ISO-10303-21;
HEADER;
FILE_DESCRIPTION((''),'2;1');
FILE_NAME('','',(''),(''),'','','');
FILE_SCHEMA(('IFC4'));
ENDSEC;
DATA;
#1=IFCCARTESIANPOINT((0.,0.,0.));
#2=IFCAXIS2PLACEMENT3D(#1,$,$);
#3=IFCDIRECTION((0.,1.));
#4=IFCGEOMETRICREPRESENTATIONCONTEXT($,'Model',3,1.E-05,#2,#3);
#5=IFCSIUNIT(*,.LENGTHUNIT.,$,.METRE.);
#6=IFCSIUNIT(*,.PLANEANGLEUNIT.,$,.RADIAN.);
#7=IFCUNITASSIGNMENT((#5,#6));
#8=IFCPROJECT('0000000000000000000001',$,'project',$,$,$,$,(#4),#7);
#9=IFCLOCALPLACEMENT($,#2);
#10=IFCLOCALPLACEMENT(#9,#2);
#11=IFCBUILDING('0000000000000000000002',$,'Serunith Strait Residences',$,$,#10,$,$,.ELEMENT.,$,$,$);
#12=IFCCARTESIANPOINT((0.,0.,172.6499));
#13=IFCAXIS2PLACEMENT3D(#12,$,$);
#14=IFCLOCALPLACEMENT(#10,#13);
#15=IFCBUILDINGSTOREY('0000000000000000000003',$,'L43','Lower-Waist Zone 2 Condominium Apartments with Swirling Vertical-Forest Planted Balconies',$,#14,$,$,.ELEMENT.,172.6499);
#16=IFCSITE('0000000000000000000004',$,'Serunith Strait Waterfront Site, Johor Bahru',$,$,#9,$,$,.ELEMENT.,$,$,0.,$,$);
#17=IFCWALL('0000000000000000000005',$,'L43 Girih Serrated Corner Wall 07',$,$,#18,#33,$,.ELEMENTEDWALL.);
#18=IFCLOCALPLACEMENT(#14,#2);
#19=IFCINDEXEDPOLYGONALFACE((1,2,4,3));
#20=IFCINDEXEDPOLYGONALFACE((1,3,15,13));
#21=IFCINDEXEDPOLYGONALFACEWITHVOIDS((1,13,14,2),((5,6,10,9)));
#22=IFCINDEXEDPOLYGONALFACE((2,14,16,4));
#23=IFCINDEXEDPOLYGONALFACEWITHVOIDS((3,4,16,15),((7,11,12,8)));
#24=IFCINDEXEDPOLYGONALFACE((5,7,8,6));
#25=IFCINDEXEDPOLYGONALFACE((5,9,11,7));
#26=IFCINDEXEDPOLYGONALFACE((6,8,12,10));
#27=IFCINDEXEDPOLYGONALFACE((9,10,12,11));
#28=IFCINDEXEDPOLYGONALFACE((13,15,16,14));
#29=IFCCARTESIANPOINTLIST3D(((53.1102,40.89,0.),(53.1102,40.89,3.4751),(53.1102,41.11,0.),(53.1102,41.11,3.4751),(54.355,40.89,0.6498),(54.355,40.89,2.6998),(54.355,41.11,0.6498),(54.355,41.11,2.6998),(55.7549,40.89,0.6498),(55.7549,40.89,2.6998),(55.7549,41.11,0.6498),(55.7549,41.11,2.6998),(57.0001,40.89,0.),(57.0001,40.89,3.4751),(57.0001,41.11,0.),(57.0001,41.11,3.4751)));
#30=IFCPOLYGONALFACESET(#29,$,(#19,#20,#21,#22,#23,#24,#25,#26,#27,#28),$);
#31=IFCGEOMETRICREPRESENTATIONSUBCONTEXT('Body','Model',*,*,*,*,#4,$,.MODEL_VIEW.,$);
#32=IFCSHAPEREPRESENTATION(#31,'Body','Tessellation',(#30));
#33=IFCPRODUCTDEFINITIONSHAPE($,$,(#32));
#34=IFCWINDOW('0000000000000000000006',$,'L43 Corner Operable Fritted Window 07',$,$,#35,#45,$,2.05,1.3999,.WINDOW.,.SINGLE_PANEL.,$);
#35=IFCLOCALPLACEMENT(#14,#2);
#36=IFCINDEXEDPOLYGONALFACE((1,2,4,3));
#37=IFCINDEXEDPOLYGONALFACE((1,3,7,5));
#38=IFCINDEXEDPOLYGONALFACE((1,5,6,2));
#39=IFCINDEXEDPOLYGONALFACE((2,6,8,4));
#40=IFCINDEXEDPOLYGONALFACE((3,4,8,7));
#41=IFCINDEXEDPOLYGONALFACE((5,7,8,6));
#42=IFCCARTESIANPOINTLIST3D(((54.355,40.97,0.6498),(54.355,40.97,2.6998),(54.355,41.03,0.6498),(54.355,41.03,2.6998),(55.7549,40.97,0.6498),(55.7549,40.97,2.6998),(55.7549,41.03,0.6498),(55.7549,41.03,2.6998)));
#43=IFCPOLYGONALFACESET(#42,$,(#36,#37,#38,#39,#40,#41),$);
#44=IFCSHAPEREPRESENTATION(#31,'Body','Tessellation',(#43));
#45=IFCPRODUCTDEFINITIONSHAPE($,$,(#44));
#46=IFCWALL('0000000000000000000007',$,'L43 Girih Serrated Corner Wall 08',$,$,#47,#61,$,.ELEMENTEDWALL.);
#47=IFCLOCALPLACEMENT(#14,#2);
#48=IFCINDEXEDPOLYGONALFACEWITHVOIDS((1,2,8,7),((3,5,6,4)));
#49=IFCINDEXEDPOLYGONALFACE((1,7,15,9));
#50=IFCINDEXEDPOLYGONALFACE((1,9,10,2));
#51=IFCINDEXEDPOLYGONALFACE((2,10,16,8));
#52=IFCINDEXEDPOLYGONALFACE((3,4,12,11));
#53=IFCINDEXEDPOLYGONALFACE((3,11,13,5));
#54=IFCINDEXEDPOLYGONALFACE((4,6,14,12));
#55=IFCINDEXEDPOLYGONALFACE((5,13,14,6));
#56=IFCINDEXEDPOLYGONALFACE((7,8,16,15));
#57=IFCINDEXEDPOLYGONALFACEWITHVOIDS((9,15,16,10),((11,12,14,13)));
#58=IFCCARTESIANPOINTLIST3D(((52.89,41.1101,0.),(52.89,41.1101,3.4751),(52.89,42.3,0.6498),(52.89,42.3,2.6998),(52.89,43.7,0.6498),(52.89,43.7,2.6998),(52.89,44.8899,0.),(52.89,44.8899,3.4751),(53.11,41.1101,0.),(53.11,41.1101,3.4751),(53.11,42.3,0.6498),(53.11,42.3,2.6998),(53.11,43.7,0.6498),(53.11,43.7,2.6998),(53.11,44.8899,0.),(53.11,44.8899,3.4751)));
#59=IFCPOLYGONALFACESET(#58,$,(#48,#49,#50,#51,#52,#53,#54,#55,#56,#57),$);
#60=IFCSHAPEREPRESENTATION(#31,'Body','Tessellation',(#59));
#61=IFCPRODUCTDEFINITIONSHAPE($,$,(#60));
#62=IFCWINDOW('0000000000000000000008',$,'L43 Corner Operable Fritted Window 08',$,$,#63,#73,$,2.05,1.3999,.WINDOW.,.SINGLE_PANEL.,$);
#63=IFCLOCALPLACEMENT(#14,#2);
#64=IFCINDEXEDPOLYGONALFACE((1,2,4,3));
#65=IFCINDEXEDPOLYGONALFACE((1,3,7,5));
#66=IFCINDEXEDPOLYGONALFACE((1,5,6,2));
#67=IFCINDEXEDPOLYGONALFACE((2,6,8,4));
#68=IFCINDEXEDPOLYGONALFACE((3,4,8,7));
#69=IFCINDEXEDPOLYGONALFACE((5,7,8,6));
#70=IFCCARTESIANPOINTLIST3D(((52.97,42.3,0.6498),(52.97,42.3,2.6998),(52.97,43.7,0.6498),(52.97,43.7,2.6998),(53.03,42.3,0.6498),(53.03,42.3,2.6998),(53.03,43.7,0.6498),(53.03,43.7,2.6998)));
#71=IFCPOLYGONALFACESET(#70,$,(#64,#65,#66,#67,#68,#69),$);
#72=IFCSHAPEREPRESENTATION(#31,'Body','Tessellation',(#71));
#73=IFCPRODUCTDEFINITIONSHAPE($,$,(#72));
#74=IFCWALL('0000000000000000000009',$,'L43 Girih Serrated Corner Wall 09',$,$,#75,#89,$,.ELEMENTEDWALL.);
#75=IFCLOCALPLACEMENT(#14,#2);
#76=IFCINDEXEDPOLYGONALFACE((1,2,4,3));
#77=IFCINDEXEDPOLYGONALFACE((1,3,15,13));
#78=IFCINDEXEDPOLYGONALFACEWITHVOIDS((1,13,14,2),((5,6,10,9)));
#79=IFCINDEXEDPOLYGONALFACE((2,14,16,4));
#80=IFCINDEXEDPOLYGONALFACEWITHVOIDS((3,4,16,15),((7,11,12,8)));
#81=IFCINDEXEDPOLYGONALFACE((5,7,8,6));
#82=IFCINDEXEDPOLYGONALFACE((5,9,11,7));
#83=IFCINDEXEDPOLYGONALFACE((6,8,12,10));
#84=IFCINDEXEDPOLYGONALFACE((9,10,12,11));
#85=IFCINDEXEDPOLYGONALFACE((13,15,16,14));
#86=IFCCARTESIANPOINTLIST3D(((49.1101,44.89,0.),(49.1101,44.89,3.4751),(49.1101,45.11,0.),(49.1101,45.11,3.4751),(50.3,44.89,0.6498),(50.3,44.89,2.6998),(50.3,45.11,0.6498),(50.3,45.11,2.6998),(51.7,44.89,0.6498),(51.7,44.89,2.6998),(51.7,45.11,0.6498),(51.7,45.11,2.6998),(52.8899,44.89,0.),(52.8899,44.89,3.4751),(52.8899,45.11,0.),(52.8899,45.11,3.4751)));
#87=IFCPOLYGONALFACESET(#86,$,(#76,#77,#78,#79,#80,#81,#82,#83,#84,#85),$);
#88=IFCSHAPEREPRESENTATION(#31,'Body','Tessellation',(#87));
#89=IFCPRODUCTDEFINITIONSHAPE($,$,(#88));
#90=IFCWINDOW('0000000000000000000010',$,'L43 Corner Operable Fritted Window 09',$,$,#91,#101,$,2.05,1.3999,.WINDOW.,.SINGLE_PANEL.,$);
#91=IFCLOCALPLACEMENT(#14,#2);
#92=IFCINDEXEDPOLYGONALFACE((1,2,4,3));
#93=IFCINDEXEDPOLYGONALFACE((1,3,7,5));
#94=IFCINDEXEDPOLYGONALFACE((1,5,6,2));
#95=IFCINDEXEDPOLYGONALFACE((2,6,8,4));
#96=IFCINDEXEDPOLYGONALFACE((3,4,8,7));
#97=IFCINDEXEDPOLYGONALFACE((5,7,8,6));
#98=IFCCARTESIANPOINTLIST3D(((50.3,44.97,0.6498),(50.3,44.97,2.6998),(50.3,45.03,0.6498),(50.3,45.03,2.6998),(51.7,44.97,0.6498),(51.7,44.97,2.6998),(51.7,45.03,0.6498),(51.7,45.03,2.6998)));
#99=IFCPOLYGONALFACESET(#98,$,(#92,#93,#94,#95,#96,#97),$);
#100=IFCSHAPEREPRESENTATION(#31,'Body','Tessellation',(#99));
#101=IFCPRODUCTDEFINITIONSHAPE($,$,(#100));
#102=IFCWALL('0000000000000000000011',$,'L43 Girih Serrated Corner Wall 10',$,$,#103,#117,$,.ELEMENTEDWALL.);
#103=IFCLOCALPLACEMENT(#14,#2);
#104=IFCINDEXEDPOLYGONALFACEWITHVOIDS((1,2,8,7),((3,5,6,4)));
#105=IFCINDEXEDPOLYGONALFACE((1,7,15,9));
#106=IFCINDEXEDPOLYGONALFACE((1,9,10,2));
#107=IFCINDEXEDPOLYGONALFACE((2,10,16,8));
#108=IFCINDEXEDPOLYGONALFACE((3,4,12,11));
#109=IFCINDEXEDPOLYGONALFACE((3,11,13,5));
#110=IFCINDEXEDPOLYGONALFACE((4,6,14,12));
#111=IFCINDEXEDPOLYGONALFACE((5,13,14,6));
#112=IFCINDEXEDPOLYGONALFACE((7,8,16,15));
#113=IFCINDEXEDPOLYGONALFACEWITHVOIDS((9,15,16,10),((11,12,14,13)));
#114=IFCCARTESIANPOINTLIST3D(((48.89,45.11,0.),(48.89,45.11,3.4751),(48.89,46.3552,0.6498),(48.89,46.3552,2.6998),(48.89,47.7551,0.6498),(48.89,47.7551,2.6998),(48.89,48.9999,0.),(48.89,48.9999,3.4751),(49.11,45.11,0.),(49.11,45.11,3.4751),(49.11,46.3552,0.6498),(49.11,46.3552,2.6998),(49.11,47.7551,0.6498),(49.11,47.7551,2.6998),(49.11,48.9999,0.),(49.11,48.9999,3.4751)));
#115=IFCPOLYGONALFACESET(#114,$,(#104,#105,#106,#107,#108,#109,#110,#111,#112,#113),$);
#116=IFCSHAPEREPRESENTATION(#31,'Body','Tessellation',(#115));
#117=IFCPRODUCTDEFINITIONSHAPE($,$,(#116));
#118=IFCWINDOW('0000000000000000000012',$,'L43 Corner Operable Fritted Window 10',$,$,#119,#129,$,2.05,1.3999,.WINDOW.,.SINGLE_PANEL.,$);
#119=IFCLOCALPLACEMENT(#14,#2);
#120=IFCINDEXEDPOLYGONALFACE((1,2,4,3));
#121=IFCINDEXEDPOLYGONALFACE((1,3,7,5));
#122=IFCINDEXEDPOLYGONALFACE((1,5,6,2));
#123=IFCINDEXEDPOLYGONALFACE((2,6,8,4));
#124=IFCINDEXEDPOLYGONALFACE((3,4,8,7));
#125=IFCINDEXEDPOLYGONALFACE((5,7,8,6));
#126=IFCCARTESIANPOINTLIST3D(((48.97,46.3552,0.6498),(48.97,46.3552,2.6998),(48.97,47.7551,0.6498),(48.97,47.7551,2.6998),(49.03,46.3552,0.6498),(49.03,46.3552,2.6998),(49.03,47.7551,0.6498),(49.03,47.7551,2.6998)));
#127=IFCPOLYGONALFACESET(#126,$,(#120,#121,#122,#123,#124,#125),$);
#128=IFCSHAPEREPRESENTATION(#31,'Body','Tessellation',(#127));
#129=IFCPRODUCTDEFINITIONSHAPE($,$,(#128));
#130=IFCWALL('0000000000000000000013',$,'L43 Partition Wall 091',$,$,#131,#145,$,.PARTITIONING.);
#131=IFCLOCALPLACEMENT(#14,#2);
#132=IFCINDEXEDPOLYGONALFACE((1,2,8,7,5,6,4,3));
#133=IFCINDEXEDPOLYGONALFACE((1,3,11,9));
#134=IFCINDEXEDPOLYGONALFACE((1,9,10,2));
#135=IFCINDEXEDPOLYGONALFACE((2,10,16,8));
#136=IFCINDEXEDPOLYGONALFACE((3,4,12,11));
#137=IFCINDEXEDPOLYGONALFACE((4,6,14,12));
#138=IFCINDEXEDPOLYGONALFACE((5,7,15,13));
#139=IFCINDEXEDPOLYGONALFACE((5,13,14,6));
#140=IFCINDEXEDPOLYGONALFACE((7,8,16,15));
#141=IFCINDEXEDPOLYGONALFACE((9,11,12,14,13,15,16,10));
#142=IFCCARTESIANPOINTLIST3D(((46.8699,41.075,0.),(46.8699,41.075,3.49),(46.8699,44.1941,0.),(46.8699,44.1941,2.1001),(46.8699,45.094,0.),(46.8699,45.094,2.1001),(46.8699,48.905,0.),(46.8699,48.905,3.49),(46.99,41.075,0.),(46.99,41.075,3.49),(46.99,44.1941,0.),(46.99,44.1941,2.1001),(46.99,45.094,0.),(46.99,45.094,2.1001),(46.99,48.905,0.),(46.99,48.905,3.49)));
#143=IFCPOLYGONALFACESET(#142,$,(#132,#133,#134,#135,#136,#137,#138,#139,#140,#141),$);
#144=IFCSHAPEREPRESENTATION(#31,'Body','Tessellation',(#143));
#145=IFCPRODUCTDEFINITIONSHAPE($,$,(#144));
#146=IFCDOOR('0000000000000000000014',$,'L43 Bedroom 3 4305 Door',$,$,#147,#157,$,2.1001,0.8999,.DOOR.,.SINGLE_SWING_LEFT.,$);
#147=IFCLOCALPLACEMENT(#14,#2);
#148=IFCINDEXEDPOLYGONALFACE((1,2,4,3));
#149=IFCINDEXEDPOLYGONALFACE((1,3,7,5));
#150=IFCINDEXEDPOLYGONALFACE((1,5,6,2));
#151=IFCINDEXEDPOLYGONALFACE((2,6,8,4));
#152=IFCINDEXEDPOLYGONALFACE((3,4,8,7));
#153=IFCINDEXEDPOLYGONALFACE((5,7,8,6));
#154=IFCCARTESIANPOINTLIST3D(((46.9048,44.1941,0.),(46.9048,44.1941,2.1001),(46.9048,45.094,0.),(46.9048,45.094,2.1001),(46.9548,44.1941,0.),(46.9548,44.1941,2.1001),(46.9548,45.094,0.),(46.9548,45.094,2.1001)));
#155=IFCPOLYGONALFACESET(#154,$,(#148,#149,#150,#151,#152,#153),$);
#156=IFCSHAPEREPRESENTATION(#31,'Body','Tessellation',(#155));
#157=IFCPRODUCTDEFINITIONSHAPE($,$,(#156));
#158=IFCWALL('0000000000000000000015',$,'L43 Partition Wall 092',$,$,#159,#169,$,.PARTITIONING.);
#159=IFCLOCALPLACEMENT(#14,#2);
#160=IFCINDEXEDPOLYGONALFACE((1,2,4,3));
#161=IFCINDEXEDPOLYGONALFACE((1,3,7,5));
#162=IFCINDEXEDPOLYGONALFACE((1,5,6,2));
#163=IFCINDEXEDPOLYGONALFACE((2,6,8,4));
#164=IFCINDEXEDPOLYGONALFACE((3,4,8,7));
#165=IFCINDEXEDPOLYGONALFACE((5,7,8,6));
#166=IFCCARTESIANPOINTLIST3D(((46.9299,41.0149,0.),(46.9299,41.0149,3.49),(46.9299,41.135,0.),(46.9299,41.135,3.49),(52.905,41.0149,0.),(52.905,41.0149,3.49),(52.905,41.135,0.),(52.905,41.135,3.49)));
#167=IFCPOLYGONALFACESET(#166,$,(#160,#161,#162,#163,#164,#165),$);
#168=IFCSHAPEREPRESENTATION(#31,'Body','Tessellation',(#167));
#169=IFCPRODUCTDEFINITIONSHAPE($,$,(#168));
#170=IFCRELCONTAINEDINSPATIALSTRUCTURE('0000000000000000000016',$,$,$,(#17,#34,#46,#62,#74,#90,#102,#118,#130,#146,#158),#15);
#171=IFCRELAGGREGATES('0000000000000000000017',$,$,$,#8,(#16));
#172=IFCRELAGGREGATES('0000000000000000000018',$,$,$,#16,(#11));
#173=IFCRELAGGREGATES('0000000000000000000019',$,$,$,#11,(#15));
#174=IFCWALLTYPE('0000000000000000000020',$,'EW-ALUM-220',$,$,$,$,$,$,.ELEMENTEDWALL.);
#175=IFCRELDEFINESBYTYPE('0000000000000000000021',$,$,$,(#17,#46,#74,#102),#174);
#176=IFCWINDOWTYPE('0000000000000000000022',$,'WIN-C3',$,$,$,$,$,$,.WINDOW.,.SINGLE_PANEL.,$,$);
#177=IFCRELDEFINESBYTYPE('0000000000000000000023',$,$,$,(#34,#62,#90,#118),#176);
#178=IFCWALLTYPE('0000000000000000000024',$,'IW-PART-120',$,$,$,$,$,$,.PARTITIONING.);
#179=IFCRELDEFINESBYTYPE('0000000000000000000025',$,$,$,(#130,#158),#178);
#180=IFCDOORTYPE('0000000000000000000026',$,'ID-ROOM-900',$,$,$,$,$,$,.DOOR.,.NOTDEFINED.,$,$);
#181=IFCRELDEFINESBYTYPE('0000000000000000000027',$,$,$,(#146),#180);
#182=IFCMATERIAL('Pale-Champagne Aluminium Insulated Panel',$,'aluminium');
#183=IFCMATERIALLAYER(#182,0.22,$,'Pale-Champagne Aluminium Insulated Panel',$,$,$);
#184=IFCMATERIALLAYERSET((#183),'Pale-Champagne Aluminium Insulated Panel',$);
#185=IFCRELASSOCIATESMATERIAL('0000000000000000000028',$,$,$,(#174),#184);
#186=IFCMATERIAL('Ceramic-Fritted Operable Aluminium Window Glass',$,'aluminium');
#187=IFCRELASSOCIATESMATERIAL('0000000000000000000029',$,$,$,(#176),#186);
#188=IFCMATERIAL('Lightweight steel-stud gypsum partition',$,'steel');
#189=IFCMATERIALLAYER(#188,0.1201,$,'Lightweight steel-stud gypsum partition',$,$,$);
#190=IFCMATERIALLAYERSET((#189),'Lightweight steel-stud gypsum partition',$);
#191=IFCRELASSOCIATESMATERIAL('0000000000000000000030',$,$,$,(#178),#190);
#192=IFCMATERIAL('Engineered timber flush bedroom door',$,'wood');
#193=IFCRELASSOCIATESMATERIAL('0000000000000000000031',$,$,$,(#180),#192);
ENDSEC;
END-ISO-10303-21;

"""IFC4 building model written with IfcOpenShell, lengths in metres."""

from ifc_helpers import new_model, si_unit, direction, frame, frame_2d, origin, place, context, subcontext, project, spatial, rectangle, extrude, source, transform, mapped, material, layer, layer_set, type_object, element, fill, save


model = new_model("IFC4")

# Units and contexts
model_context = context("Model", 3, precision=1e-05, world=origin(), true_north=direction((0.0, 1.0)))
body_context = subcontext(model_context, "Body", "Model", "MODEL_VIEW")
ifc_project = project(units=[si_unit("LENGTHUNIT", "METRE"), si_unit("PLANEANGLEUNIT", "RADIAN")], contexts=[model_context])

# Site, building, storey
site_placement = place(None, origin())
site = spatial("IfcSite", under=ifc_project, at=site_placement, Name="Serunith Strait Waterfront Site, Johor Bahru", CompositionType="ELEMENT", RefElevation=0.0)
building_placement = place(site_placement, origin())
building = spatial("IfcBuilding", under=site, at=building_placement, Name="Serunith Strait Residences", CompositionType="ELEMENT")
storey_placement = place(building_placement, frame((0.0, 0.0, 172.6499)))
storey = spatial("IfcBuildingStorey", under=building, at=storey_placement, Name="L43", Description="Lower-Waist Zone 2 Condominium Apartments with Swirling Vertical-Forest Planted Balconies", CompositionType="ELEMENT", Elevation=172.6499)

# Walls, openings, windows
ifc_material_1 = material(Name="Pale-Champagne Aluminium Insulated Panel", Category="aluminium")
ifc_layer_1 = layer(ifc_material_1, 0.22, Name="Pale-Champagne Aluminium Insulated Panel")
ifc_layer_set_1 = layer_set([ifc_layer_1], Name="Pale-Champagne Aluminium Insulated Panel")
wall_type_1 = type_object("IfcWallType", Name="EW-ALUM-220", PredefinedType="ELEMENTEDWALL", material=ifc_layer_set_1)
wall_1_placement = place(storey_placement, frame((57.0, 41.0, 0.0), z_axis=(0.0, 0.0, 1.0), x_axis=(-1.0, 0.0, 0.0)))
wall_1 = element("IfcWall", 1, at=wall_1_placement, inside=storey, type_object=wall_type_1, Name="L43 Girih Serrated Corner Wall 07", PredefinedType="ELEMENTEDWALL", context=body_context, shape_type="SweptSolid", body=[
    extrude(rectangle(XDim=3.8899, YDim=0.22, at=frame_2d((1.9448, 0.0))), origin(), (0.0, 0.0, 1.0), 3.4751),
])
opening_1_placement = place(wall_1_placement, frame((1.2451, 0.0, 0.6499)))
opening_1 = element("IfcOpeningElement", 2, at=opening_1_placement, cuts=wall_1, PredefinedType="OPENING", context=body_context, shape_type="SweptSolid", body=[
    extrude(rectangle(XDim=1.3999, YDim=2.05, at=frame_2d((0.7, 1.0249))), frame((0.0, 0.1201, 0.0), z_axis=(0.0, -1.0, 0.0), x_axis=(1.0, 0.0, 0.0)), (0.0, 0.0, 1.0), 0.24),
])
ifc_material_2 = material(Name="Ceramic-Fritted Operable Aluminium Window Glass", Category="aluminium")
window_type = type_object("IfcWindowType", Name="WIN-C3", PartitioningType="SINGLE_PANEL", PredefinedType="WINDOW", material=ifc_material_2)
shared_shape_1 = source(origin(), body_context, "Body", "SweptSolid", [
    extrude(rectangle(XDim=1.3999, YDim=2.05, at=frame_2d((0.7, 1.0249))), frame((0.0, 0.03, 0.0), z_axis=(0.0, -1.0, 0.0), x_axis=(1.0, 0.0, 0.0)), (0.0, 0.0, 1.0), 0.0601),
])
window_1_placement = place(opening_1_placement, origin())
window_1 = element("IfcWindow", 3, at=window_1_placement, inside=storey, type_object=window_type, Name="L43 Corner Operable Fritted Window 07", OverallHeight=2.05, OverallWidth=1.3999, PartitioningType="SINGLE_PANEL", PredefinedType="WINDOW", context=body_context, shape_type="MappedRepresentation", body=[
    mapped(shared_shape_1, transform((0.0, 0.0, 0.0), scale=1.0)),
])
fill(opening_1, window_1)
wall_2_placement = place(storey_placement, frame((53.0, 41.1101, 0.0), z_axis=(0.0, 0.0, 1.0), x_axis=(0.0, 1.0, 0.0)))
wall_2 = element("IfcWall", 4, at=wall_2_placement, inside=storey, type_object=wall_type_1, Name="L43 Girih Serrated Corner Wall 08", PredefinedType="ELEMENTEDWALL", context=body_context, shape_type="SweptSolid", body=[
    extrude(rectangle(XDim=3.7798, YDim=0.22, at=frame_2d((1.8899, 0.0))), origin(), (0.0, 0.0, 1.0), 3.4751),
])
opening_2_placement = place(wall_2_placement, frame((1.1899, 0.0, 0.6499)))
opening_2 = element("IfcOpeningElement", 5, at=opening_2_placement, cuts=wall_2, PredefinedType="OPENING", context=body_context, shape_type="SweptSolid", body=[
    extrude(rectangle(XDim=1.3999, YDim=2.05, at=frame_2d((0.7, 1.0249))), frame((0.0, 0.1201, 0.0), z_axis=(0.0, -1.0, 0.0), x_axis=(1.0, 0.0, 0.0)), (0.0, 0.0, 1.0), 0.24),
])
window_2_placement = place(opening_2_placement, origin())
window_2 = element("IfcWindow", 6, at=window_2_placement, inside=storey, type_object=window_type, Name="L43 Corner Operable Fritted Window 08", OverallHeight=2.05, OverallWidth=1.3999, PartitioningType="SINGLE_PANEL", PredefinedType="WINDOW", context=body_context, shape_type="MappedRepresentation", body=[
    mapped(shared_shape_1, transform((0.0, 0.0, 0.0), scale=1.0)),
])
fill(opening_2, window_2)
wall_3_placement = place(storey_placement, frame((52.8899, 45.0, 0.0), z_axis=(0.0, 0.0, 1.0), x_axis=(-1.0, 0.0, 0.0)))
wall_3 = element("IfcWall", 7, at=wall_3_placement, inside=storey, type_object=wall_type_1, Name="L43 Girih Serrated Corner Wall 09", PredefinedType="ELEMENTEDWALL", context=body_context, shape_type="SweptSolid", body=[
    extrude(rectangle(XDim=3.7798, YDim=0.22, at=frame_2d((1.8899, 0.0))), origin(), (0.0, 0.0, 1.0), 3.4751),
])
opening_3_placement = place(wall_3_placement, frame((1.1899, 0.0, 0.6499)))
opening_3 = element("IfcOpeningElement", 8, at=opening_3_placement, cuts=wall_3, PredefinedType="OPENING", context=body_context, shape_type="SweptSolid", body=[
    extrude(rectangle(XDim=1.3999, YDim=2.05, at=frame_2d((0.7, 1.0249))), frame((0.0, 0.1201, 0.0), z_axis=(0.0, -1.0, 0.0), x_axis=(1.0, 0.0, 0.0)), (0.0, 0.0, 1.0), 0.24),
])
window_3_placement = place(opening_3_placement, origin())
window_3 = element("IfcWindow", 9, at=window_3_placement, inside=storey, type_object=window_type, Name="L43 Corner Operable Fritted Window 09", OverallHeight=2.05, OverallWidth=1.3999, PartitioningType="SINGLE_PANEL", PredefinedType="WINDOW", context=body_context, shape_type="MappedRepresentation", body=[
    mapped(shared_shape_1, transform((0.0, 0.0, 0.0), scale=1.0)),
])
fill(opening_3, window_3)
wall_4_placement = place(storey_placement, frame((49.0, 45.1101, 0.0), z_axis=(0.0, 0.0, 1.0), x_axis=(0.0, 1.0, 0.0)))
wall_4 = element("IfcWall", 10, at=wall_4_placement, inside=storey, type_object=wall_type_1, Name="L43 Girih Serrated Corner Wall 10", PredefinedType="ELEMENTEDWALL", context=body_context, shape_type="SweptSolid", body=[
    extrude(rectangle(XDim=3.8899, YDim=0.22, at=frame_2d((1.9448, 0.0))), origin(), (0.0, 0.0, 1.0), 3.4751),
])
opening_4_placement = place(wall_4_placement, frame((1.2451, 0.0, 0.6499)))
opening_4 = element("IfcOpeningElement", 11, at=opening_4_placement, cuts=wall_4, PredefinedType="OPENING", context=body_context, shape_type="SweptSolid", body=[
    extrude(rectangle(XDim=1.3999, YDim=2.05, at=frame_2d((0.7, 1.0249))), frame((0.0, 0.1201, 0.0), z_axis=(0.0, -1.0, 0.0), x_axis=(1.0, 0.0, 0.0)), (0.0, 0.0, 1.0), 0.24),
])
window_4_placement = place(opening_4_placement, origin())
window_4 = element("IfcWindow", 12, at=window_4_placement, inside=storey, type_object=window_type, Name="L43 Corner Operable Fritted Window 10", OverallHeight=2.05, OverallWidth=1.3999, PartitioningType="SINGLE_PANEL", PredefinedType="WINDOW", context=body_context, shape_type="MappedRepresentation", body=[
    mapped(shared_shape_1, transform((0.0, 0.0, 0.0), scale=1.0)),
])
fill(opening_4, window_4)

# Wall, opening, door
ifc_material_3 = material(Name="Lightweight steel-stud gypsum partition", Category="steel")
ifc_layer_2 = layer(ifc_material_3, 0.1201, Name="Lightweight steel-stud gypsum partition")
ifc_layer_set_2 = layer_set([ifc_layer_2], Name="Lightweight steel-stud gypsum partition")
wall_type_2 = type_object("IfcWallType", Name="IW-PART-120", PredefinedType="PARTITIONING", material=ifc_layer_set_2)
wall_5_placement = place(storey_placement, frame((46.9299, 48.905, 0.0), z_axis=(0.0, 0.0, 1.0), x_axis=(0.0, -1.0, 0.0)))
wall_5 = element("IfcWall", 13, at=wall_5_placement, inside=storey, type_object=wall_type_2, Name="L43 Partition Wall 091", PredefinedType="PARTITIONING", context=body_context, shape_type="SweptSolid", body=[
    extrude(rectangle(XDim=7.8301, YDim=0.1201, at=frame_2d((3.915, 0.0))), origin(), (0.0, 0.0, 1.0), 3.49),
])
opening_5_placement = place(wall_5_placement, frame((3.811, 0.0, 0.0)))
opening_5 = element("IfcOpeningElement", 14, at=opening_5_placement, cuts=wall_5, PredefinedType="OPENING", context=body_context, shape_type="SweptSolid", body=[
    extrude(rectangle(XDim=0.8999, YDim=2.1001, at=frame_2d((0.45, 1.05))), frame((0.0, 0.0701, 0.0), z_axis=(0.0, -1.0, 0.0), x_axis=(1.0, 0.0, 0.0)), (0.0, 0.0, 1.0), 0.1401),
])
ifc_material_4 = material(Name="Engineered timber flush bedroom door", Category="wood")
door_type_1 = type_object("IfcDoorType", Name="ID-ROOM-900", OperationType="NOTDEFINED", PredefinedType="DOOR", material=ifc_material_4)
shared_shape_2 = source(origin(), body_context, "Body", "SweptSolid", [
    extrude(rectangle(XDim=0.8999, YDim=2.1001, at=frame_2d((0.45, 1.05))), frame((0.0, 0.0249, 0.0), z_axis=(0.0, -1.0, 0.0), x_axis=(1.0, 0.0, 0.0)), (0.0, 0.0, 1.0), 0.05),
])
door_1_placement = place(opening_5_placement, origin())
door_1 = element("IfcDoor", 15, at=door_1_placement, inside=storey, type_object=door_type_1, Name="L43 Bedroom 3 4305 Door", OperationType="SINGLE_SWING_LEFT", OverallHeight=2.1001, OverallWidth=0.8999, PredefinedType="DOOR", context=body_context, shape_type="MappedRepresentation", body=[
    mapped(shared_shape_2, transform((0.0, 0.0, 0.0), scale=1.0)),
])
fill(opening_5, door_1)

# Wall
wall_6_placement = place(storey_placement, frame((46.9299, 41.075, 0.0), z_axis=(0.0, 0.0, 1.0), x_axis=(1.0, 0.0, 0.0)))
element("IfcWall", 16, at=wall_6_placement, inside=storey, type_object=wall_type_2, Name="L43 Partition Wall 092", PredefinedType="PARTITIONING", context=body_context, shape_type="SweptSolid", body=[
    extrude(rectangle(XDim=5.9751, YDim=0.1201, at=frame_2d((2.9875, 0.0))), origin(), (0.0, 0.0, 1.0), 3.49),
])

save(model, "model.ifc")
